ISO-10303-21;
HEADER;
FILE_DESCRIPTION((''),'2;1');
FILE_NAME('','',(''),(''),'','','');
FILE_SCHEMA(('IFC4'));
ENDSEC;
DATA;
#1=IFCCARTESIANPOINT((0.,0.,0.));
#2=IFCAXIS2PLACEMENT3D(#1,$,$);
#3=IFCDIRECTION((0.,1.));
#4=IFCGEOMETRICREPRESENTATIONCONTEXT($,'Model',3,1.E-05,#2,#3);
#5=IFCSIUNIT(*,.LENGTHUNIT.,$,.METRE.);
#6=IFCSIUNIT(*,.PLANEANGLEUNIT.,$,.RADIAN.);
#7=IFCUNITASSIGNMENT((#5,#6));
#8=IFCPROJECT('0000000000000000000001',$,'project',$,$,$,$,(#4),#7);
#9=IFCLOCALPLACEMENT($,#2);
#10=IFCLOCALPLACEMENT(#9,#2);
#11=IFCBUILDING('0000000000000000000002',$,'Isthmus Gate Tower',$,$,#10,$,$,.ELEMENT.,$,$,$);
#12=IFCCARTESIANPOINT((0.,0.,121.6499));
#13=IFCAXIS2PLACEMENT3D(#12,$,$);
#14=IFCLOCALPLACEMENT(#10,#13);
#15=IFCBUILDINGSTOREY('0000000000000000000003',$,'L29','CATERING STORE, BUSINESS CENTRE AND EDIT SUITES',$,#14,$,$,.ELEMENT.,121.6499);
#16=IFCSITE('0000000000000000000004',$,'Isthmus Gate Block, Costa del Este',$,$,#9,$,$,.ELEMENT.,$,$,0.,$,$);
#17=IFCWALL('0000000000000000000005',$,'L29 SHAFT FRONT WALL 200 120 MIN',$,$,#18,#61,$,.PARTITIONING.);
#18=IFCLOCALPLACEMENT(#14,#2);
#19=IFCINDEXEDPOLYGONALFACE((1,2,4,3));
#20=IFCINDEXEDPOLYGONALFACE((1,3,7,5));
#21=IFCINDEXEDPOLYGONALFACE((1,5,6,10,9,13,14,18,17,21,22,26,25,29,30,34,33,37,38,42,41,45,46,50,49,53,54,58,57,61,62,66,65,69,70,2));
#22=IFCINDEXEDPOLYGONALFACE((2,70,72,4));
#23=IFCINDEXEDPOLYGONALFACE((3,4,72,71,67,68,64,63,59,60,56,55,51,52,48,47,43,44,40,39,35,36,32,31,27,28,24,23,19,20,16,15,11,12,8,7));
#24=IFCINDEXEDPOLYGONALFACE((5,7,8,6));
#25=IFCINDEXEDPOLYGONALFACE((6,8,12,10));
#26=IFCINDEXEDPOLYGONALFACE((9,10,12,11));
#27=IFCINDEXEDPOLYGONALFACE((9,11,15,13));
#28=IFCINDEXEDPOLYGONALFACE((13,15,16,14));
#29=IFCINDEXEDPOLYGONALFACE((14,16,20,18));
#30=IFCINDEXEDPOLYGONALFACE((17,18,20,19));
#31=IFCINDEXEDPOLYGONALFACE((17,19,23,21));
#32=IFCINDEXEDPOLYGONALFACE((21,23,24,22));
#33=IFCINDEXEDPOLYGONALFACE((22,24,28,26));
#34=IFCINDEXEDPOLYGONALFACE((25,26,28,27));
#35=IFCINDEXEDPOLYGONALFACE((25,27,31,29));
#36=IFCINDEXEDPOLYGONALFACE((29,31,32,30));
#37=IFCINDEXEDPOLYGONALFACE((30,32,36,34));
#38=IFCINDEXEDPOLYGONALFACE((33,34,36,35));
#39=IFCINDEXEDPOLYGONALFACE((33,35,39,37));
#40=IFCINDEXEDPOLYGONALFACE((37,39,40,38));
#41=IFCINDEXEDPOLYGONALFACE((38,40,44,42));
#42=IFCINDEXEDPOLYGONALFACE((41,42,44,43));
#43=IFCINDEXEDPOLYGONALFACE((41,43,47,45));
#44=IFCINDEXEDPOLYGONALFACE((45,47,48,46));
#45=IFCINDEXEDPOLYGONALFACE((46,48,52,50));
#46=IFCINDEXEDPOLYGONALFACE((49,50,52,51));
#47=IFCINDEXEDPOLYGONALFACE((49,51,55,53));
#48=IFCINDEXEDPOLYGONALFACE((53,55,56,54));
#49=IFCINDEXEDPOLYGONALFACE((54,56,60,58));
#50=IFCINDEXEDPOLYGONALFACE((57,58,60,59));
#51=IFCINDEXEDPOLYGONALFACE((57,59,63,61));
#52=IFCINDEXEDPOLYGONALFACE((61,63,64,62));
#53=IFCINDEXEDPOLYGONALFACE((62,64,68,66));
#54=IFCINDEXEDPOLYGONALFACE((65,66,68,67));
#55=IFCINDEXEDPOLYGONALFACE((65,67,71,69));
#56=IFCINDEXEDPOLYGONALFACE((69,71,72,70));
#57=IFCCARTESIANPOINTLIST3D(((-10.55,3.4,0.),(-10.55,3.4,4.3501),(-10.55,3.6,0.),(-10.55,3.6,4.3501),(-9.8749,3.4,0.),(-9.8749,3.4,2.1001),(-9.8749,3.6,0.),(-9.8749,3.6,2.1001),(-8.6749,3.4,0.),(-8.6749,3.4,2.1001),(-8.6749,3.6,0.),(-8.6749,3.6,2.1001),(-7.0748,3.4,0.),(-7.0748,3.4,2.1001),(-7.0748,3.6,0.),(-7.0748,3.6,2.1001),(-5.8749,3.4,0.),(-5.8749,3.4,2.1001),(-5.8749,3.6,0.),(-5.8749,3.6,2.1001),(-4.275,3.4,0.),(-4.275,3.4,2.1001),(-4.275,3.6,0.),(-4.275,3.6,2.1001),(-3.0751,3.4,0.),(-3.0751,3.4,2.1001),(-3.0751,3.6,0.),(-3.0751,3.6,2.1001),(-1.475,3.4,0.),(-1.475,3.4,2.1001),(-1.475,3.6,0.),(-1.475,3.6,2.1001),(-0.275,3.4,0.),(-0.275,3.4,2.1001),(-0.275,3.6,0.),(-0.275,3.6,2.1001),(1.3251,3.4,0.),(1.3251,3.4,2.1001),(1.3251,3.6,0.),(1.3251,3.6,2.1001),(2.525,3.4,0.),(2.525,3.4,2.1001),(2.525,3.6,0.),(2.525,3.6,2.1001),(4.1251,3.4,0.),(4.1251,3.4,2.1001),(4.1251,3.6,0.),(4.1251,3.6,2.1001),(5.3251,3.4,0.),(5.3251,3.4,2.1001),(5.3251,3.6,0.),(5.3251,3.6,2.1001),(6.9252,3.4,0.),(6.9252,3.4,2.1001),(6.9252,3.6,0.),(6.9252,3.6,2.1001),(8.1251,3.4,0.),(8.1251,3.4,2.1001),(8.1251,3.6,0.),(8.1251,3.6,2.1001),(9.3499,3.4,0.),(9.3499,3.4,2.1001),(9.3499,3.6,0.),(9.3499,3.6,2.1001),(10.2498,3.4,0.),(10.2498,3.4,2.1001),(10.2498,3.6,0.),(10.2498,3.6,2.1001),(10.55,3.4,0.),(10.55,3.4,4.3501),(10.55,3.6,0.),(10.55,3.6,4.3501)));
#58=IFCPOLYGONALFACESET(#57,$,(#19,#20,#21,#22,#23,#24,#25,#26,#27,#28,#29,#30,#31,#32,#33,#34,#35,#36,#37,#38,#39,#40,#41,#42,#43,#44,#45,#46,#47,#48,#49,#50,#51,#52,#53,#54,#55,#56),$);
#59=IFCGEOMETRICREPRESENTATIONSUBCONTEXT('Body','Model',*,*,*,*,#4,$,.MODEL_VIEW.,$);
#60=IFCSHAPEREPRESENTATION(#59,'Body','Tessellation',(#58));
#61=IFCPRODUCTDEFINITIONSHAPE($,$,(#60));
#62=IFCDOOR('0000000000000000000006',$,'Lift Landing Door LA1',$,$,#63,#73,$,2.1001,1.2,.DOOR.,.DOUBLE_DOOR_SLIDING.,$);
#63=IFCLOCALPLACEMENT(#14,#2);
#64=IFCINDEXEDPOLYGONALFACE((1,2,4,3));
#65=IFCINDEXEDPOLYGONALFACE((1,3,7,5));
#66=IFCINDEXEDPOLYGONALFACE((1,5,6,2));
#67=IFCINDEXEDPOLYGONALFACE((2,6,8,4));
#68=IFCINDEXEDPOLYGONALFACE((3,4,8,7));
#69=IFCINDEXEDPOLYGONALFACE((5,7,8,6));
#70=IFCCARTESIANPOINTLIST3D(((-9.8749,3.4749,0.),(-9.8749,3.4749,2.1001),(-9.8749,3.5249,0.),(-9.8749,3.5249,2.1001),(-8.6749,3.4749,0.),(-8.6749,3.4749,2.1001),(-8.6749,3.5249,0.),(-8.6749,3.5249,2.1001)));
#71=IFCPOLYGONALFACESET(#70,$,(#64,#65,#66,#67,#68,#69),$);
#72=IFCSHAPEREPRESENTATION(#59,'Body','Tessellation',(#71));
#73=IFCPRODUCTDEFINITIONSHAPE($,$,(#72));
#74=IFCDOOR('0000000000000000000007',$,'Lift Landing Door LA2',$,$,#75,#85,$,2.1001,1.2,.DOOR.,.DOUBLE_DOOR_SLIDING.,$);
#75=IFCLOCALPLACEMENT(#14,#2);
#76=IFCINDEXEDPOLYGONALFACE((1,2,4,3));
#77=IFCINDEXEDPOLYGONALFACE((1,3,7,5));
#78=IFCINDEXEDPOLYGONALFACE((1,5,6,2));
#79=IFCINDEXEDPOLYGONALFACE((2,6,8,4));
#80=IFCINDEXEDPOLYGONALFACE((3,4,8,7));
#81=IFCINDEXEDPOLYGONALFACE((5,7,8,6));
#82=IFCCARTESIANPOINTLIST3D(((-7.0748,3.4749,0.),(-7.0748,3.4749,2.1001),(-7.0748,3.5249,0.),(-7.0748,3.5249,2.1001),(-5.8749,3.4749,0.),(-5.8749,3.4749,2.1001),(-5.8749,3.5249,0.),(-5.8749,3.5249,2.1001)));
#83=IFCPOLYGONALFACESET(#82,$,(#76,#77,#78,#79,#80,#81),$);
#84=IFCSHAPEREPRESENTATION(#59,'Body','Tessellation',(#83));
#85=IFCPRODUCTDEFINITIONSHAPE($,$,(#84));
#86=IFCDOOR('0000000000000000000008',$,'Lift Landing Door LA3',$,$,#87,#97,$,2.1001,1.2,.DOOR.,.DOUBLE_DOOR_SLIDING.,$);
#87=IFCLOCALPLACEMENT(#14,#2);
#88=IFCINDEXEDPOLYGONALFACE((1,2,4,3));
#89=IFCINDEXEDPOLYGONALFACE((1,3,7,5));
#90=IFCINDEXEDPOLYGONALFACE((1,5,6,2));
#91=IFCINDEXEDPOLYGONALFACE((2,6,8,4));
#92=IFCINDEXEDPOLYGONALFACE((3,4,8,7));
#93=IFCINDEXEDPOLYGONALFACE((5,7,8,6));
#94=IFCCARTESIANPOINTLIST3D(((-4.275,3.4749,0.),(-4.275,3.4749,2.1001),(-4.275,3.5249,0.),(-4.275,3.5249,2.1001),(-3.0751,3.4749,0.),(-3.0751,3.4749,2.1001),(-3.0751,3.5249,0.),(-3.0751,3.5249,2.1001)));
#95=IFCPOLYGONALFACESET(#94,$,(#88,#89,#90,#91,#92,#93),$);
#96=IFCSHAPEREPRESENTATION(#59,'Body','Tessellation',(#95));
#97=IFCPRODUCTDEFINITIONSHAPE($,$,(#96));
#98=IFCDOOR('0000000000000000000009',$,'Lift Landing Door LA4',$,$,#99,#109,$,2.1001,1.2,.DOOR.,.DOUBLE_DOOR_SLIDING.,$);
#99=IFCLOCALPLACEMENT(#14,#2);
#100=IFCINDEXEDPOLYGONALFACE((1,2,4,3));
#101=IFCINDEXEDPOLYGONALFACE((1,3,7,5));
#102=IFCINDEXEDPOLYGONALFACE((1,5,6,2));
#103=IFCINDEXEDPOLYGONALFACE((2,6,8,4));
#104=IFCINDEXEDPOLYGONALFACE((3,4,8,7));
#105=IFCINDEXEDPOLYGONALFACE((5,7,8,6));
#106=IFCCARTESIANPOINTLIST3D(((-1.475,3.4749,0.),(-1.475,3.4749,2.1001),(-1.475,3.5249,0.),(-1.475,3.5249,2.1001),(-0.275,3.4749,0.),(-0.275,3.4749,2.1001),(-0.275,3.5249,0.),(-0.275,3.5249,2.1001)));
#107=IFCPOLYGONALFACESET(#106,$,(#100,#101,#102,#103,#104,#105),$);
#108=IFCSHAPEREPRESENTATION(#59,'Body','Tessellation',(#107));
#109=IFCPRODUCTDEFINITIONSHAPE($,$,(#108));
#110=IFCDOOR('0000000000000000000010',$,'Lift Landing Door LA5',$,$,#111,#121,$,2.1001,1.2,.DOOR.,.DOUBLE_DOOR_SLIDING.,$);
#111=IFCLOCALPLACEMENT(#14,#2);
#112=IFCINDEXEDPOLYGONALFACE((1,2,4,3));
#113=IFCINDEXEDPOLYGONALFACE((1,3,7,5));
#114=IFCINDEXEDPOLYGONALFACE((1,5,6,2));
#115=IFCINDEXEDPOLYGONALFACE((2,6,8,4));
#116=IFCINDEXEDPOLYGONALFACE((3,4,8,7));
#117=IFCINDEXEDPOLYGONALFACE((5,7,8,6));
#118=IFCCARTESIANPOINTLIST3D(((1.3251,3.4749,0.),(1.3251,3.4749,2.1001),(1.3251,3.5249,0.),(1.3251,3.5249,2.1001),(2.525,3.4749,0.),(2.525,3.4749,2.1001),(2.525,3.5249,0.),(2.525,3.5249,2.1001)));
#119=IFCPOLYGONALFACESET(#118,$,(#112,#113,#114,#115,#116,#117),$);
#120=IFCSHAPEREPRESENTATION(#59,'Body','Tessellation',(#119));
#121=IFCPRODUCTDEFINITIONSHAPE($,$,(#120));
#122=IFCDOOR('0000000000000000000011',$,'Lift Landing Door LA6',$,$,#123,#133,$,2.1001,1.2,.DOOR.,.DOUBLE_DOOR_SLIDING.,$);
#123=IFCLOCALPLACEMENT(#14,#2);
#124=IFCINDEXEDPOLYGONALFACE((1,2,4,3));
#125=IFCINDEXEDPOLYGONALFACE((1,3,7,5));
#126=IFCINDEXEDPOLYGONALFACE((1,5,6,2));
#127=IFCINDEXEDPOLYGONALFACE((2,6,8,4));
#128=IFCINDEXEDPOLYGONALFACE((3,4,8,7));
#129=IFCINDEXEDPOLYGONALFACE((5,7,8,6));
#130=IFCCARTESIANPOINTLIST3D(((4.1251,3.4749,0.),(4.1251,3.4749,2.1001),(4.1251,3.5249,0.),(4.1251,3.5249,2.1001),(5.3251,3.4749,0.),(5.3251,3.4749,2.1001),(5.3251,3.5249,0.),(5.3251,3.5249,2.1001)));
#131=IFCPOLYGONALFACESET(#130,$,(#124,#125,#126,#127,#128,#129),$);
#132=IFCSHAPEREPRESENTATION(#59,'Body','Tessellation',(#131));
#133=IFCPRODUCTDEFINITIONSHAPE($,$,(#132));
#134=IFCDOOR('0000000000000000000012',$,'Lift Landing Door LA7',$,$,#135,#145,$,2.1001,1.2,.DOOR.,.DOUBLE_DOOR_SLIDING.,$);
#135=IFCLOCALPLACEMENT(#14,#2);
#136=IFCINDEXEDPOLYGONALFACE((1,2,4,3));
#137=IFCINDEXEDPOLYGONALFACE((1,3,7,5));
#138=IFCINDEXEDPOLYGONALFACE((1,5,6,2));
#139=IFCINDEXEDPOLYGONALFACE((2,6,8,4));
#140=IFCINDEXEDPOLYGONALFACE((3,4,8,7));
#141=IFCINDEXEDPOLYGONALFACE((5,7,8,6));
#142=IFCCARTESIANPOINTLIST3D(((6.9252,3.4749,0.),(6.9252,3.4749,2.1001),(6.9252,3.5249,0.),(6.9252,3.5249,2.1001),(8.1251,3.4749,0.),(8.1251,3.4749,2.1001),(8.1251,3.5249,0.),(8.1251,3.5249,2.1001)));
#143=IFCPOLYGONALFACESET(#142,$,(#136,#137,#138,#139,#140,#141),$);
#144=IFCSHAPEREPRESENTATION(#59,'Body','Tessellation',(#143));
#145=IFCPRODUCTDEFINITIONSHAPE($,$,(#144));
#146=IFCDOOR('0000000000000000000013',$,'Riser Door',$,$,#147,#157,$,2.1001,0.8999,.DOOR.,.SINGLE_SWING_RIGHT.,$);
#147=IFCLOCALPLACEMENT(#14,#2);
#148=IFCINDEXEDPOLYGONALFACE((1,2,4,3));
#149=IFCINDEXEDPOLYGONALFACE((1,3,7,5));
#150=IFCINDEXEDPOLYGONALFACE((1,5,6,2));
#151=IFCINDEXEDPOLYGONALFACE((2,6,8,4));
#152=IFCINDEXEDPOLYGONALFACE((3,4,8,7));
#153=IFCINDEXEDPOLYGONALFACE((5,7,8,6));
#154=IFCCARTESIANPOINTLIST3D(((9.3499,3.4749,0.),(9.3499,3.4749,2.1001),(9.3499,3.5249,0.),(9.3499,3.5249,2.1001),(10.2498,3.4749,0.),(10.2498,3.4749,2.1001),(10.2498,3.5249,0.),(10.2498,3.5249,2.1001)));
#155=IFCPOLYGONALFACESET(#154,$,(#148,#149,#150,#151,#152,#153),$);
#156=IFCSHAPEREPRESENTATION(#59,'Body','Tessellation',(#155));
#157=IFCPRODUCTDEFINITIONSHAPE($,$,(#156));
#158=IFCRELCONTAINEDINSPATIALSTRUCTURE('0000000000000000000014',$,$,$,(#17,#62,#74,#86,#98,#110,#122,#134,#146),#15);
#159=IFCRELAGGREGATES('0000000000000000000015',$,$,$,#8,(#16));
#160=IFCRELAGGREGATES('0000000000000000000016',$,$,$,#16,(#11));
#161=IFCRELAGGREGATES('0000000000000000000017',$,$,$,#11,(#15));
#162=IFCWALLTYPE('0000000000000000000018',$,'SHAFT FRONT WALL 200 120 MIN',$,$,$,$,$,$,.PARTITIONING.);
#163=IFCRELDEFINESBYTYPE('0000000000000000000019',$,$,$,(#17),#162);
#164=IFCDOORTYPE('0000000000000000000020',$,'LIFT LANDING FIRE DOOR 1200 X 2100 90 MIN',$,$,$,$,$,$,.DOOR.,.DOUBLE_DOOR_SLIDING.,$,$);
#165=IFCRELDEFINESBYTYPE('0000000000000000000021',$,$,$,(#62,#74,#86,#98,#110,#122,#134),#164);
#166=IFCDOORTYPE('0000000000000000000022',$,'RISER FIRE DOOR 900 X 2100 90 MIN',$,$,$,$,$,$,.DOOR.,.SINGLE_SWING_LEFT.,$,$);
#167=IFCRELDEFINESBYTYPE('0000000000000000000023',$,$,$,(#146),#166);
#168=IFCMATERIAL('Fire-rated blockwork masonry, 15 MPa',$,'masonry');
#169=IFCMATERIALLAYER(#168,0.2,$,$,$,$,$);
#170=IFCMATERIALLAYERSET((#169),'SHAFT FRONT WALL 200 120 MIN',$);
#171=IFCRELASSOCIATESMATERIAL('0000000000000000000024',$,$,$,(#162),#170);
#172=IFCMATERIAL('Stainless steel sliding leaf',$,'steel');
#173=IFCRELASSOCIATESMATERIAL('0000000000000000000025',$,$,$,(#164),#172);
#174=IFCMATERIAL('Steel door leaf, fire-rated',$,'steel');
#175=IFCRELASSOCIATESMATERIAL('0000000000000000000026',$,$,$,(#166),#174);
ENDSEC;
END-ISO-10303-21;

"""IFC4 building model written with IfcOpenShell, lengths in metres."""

from ifc_helpers import new_model, si_unit, direction, frame, frame_2d, origin, place, context, subcontext, project, spatial, rectangle, extrude, material, layer, layer_set, type_object, element, fill, save


model = new_model("IFC4")

# Units and contexts
model_context = context("Model", 3, precision=1e-05, world=origin(), true_north=direction((0.0, 1.0)))
body_context = subcontext(model_context, "Body", "Model", "MODEL_VIEW")
ifc_project = project(units=[si_unit("LENGTHUNIT", "METRE"), si_unit("PLANEANGLEUNIT", "RADIAN")], contexts=[model_context])

# Site, building, storey
site_placement = place(None, origin())
site = spatial("IfcSite", under=ifc_project, at=site_placement, Name="Isthmus Gate Block, Costa del Este", CompositionType="ELEMENT", RefElevation=0.0)
building_placement = place(site_placement, origin())
building = spatial("IfcBuilding", under=site, at=building_placement, Name="Isthmus Gate Tower", CompositionType="ELEMENT")
storey_placement = place(building_placement, frame((0.0, 0.0, 121.6499)))
storey = spatial("IfcBuildingStorey", under=building, at=storey_placement, Name="L29", Description="CATERING STORE, BUSINESS CENTRE AND EDIT SUITES", CompositionType="ELEMENT", Elevation=121.6499)

# Wall, openings, doors
ifc_material_1 = material(Name="Fire-rated blockwork masonry, 15 MPa", Category="masonry")
ifc_layer_1 = layer(ifc_material_1, 0.2)
ifc_layer_set_1 = layer_set([ifc_layer_1], Name="SHAFT FRONT WALL 200 120 MIN")
wall_type_1 = type_object("IfcWallType", Name="SHAFT FRONT WALL 200 120 MIN", PredefinedType="PARTITIONING", material=ifc_layer_set_1)
wall_1_placement = place(storey_placement, frame((-10.55, 3.5, 0.0), z_axis=(0.0, 0.0, 1.0), x_axis=(1.0, 0.0, 0.0)))
wall_1 = element("IfcWall", 1, at=wall_1_placement, inside=storey, type_object=wall_type_1, Name="L29 SHAFT FRONT WALL 200 120 MIN", PredefinedType="PARTITIONING", context=body_context, shape_type="SweptSolid", body=[
    extrude(rectangle(XDim=21.1001, YDim=0.2, at=frame_2d((10.55, 0.0))), origin(), (0.0, 0.0, 1.0), 4.3501),
])
opening_1_placement = place(wall_1_placement, frame((0.675, 0.0, 0.0)))
opening_1 = element("IfcOpeningElement", 2, at=opening_1_placement, cuts=wall_1, PredefinedType="OPENING", context=body_context, shape_type="SweptSolid", body=[
    extrude(rectangle(XDim=1.2, YDim=2.1001, at=frame_2d((0.6001, 1.05))), frame((0.0, 0.1099, 0.0), z_axis=(0.0, -1.0, 0.0), x_axis=(1.0, 0.0, 0.0)), (0.0, 0.0, 1.0), 0.22),
])
opening_2_placement = place(wall_1_placement, frame((3.4751, 0.0, 0.0)))
opening_2 = element("IfcOpeningElement", 3, at=opening_2_placement, cuts=wall_1, PredefinedType="OPENING", context=body_context, shape_type="SweptSolid", body=[
    extrude(rectangle(XDim=1.2, YDim=2.1001, at=frame_2d((0.6001, 1.05))), frame((0.0, 0.1099, 0.0), z_axis=(0.0, -1.0, 0.0), x_axis=(1.0, 0.0, 0.0)), (0.0, 0.0, 1.0), 0.22),
])
opening_3_placement = place(wall_1_placement, frame((6.2749, 0.0, 0.0)))
opening_3 = element("IfcOpeningElement", 4, at=opening_3_placement, cuts=wall_1, PredefinedType="OPENING", context=body_context, shape_type="SweptSolid", body=[
    extrude(rectangle(XDim=1.2, YDim=2.1001, at=frame_2d((0.6001, 1.05))), frame((0.0, 0.1099, 0.0), z_axis=(0.0, -1.0, 0.0), x_axis=(1.0, 0.0, 0.0)), (0.0, 0.0, 1.0), 0.22),
])
opening_4_placement = place(wall_1_placement, frame((9.075, 0.0, 0.0)))
opening_4 = element("IfcOpeningElement", 5, at=opening_4_placement, cuts=wall_1, PredefinedType="OPENING", context=body_context, shape_type="SweptSolid", body=[
    extrude(rectangle(XDim=1.2, YDim=2.1001, at=frame_2d((0.6001, 1.05))), frame((0.0, 0.1099, 0.0), z_axis=(0.0, -1.0, 0.0), x_axis=(1.0, 0.0, 0.0)), (0.0, 0.0, 1.0), 0.22),
])
opening_5_placement = place(wall_1_placement, frame((11.875, 0.0, 0.0)))
opening_5 = element("IfcOpeningElement", 6, at=opening_5_placement, cuts=wall_1, PredefinedType="OPENING", context=body_context, shape_type="SweptSolid", body=[
    extrude(rectangle(XDim=1.2, YDim=2.1001, at=frame_2d((0.6001, 1.05))), frame((0.0, 0.1099, 0.0), z_axis=(0.0, -1.0, 0.0), x_axis=(1.0, 0.0, 0.0)), (0.0, 0.0, 1.0), 0.22),
])
opening_6_placement = place(wall_1_placement, frame((14.675, 0.0, 0.0)))
opening_6 = element("IfcOpeningElement", 7, at=opening_6_placement, cuts=wall_1, PredefinedType="OPENING", context=body_context, shape_type="SweptSolid", body=[
    extrude(rectangle(XDim=1.2, YDim=2.1001, at=frame_2d((0.6001, 1.05))), frame((0.0, 0.1099, 0.0), z_axis=(0.0, -1.0, 0.0), x_axis=(1.0, 0.0, 0.0)), (0.0, 0.0, 1.0), 0.22),
])
opening_7_placement = place(wall_1_placement, frame((17.4751, 0.0, 0.0)))
opening_7 = element("IfcOpeningElement", 8, at=opening_7_placement, cuts=wall_1, PredefinedType="OPENING", context=body_context, shape_type="SweptSolid", body=[
    extrude(rectangle(XDim=1.2, YDim=2.1001, at=frame_2d((0.6001, 1.05))), frame((0.0, 0.1099, 0.0), z_axis=(0.0, -1.0, 0.0), x_axis=(1.0, 0.0, 0.0)), (0.0, 0.0, 1.0), 0.22),
])
opening_8_placement = place(wall_1_placement, frame((19.8999, 0.0, 0.0)))
opening_8 = element("IfcOpeningElement", 9, at=opening_8_placement, cuts=wall_1, PredefinedType="OPENING", context=body_context, shape_type="SweptSolid", body=[
    extrude(rectangle(XDim=0.8999, YDim=2.1001, at=frame_2d((0.45, 1.05))), frame((0.0, 0.1099, 0.0), z_axis=(0.0, -1.0, 0.0), x_axis=(1.0, 0.0, 0.0)), (0.0, 0.0, 1.0), 0.22),
])
ifc_material_2 = material(Name="Stainless steel sliding leaf", Category="steel")
door_type_1 = type_object("IfcDoorType", Name="LIFT LANDING FIRE DOOR 1200 X 2100 90 MIN", OperationType="DOUBLE_DOOR_SLIDING", PredefinedType="DOOR", material=ifc_material_2)
door_1_placement = place(opening_1_placement, origin())
door_1 = element("IfcDoor", 10, at=door_1_placement, inside=storey, type_object=door_type_1, Name="Lift Landing Door LA1", OperationType="DOUBLE_DOOR_SLIDING", OverallHeight=2.1001, OverallWidth=1.2, PredefinedType="DOOR", context=body_context, shape_type="SweptSolid", body=[
    extrude(rectangle(XDim=1.2, YDim=2.1001, at=frame_2d((0.6001, 1.05))), frame((0.0, 0.0249, 0.0), z_axis=(0.0, -1.0, 0.0), x_axis=(1.0, 0.0, 0.0)), (0.0, 0.0, 1.0), 0.05),
])
fill(opening_1, door_1)
door_2_placement = place(opening_2_placement, origin())
door_2 = element("IfcDoor", 11, at=door_2_placement, inside=storey, type_object=door_type_1, Name="Lift Landing Door LA2", OperationType="DOUBLE_DOOR_SLIDING", OverallHeight=2.1001, OverallWidth=1.2, PredefinedType="DOOR", context=body_context, shape_type="SweptSolid", body=[
    extrude(rectangle(XDim=1.2, YDim=2.1001, at=frame_2d((0.6001, 1.05))), frame((0.0, 0.0249, 0.0), z_axis=(0.0, -1.0, 0.0), x_axis=(1.0, 0.0, 0.0)), (0.0, 0.0, 1.0), 0.05),
])
fill(opening_2, door_2)
door_3_placement = place(opening_3_placement, origin())
door_3 = element("IfcDoor", 12, at=door_3_placement, inside=storey, type_object=door_type_1, Name="Lift Landing Door LA3", OperationType="DOUBLE_DOOR_SLIDING", OverallHeight=2.1001, OverallWidth=1.2, PredefinedType="DOOR", context=body_context, shape_type="SweptSolid", body=[
    extrude(rectangle(XDim=1.2, YDim=2.1001, at=frame_2d((0.6001, 1.05))), frame((0.0, 0.0249, 0.0), z_axis=(0.0, -1.0, 0.0), x_axis=(1.0, 0.0, 0.0)), (0.0, 0.0, 1.0), 0.05),
])
fill(opening_3, door_3)
door_4_placement = place(opening_4_placement, origin())
door_4 = element("IfcDoor", 13, at=door_4_placement, inside=storey, type_object=door_type_1, Name="Lift Landing Door LA4", OperationType="DOUBLE_DOOR_SLIDING", OverallHeight=2.1001, OverallWidth=1.2, PredefinedType="DOOR", context=body_context, shape_type="SweptSolid", body=[
    extrude(rectangle(XDim=1.2, YDim=2.1001, at=frame_2d((0.6001, 1.05))), frame((0.0, 0.0249, 0.0), z_axis=(0.0, -1.0, 0.0), x_axis=(1.0, 0.0, 0.0)), (0.0, 0.0, 1.0), 0.05),
])
fill(opening_4, door_4)
door_5_placement = place(opening_5_placement, origin())
door_5 = element("IfcDoor", 14, at=door_5_placement, inside=storey, type_object=door_type_1, Name="Lift Landing Door LA5", OperationType="DOUBLE_DOOR_SLIDING", OverallHeight=2.1001, OverallWidth=1.2, PredefinedType="DOOR", context=body_context, shape_type="SweptSolid", body=[
    extrude(rectangle(XDim=1.2, YDim=2.1001, at=frame_2d((0.6001, 1.05))), frame((0.0, 0.0249, 0.0), z_axis=(0.0, -1.0, 0.0), x_axis=(1.0, 0.0, 0.0)), (0.0, 0.0, 1.0), 0.05),
])
fill(opening_5, door_5)
door_6_placement = place(opening_6_placement, origin())
door_6 = element("IfcDoor", 15, at=door_6_placement, inside=storey, type_object=door_type_1, Name="Lift Landing Door LA6", OperationType="DOUBLE_DOOR_SLIDING", OverallHeight=2.1001, OverallWidth=1.2, PredefinedType="DOOR", context=body_context, shape_type="SweptSolid", body=[
    extrude(rectangle(XDim=1.2, YDim=2.1001, at=frame_2d((0.6001, 1.05))), frame((0.0, 0.0249, 0.0), z_axis=(0.0, -1.0, 0.0), x_axis=(1.0, 0.0, 0.0)), (0.0, 0.0, 1.0), 0.05),
])
fill(opening_6, door_6)
door_7_placement = place(opening_7_placement, origin())
door_7 = element("IfcDoor", 16, at=door_7_placement, inside=storey, type_object=door_type_1, Name="Lift Landing Door LA7", OperationType="DOUBLE_DOOR_SLIDING", OverallHeight=2.1001, OverallWidth=1.2, PredefinedType="DOOR", context=body_context, shape_type="SweptSolid", body=[
    extrude(rectangle(XDim=1.2, YDim=2.1001, at=frame_2d((0.6001, 1.05))), frame((0.0, 0.0249, 0.0), z_axis=(0.0, -1.0, 0.0), x_axis=(1.0, 0.0, 0.0)), (0.0, 0.0, 1.0), 0.05),
])
fill(opening_7, door_7)
ifc_material_3 = material(Name="Steel door leaf, fire-rated", Category="steel")
door_type_2 = type_object("IfcDoorType", Name="RISER FIRE DOOR 900 X 2100 90 MIN", OperationType="SINGLE_SWING_LEFT", PredefinedType="DOOR", material=ifc_material_3)
door_8_placement = place(opening_8_placement, origin())
door_8 = element("IfcDoor", 17, at=door_8_placement, inside=storey, type_object=door_type_2, Name="Riser Door", OperationType="SINGLE_SWING_RIGHT", OverallHeight=2.1001, OverallWidth=0.8999, PredefinedType="DOOR", context=body_context, shape_type="SweptSolid", body=[
    extrude(rectangle(XDim=0.8999, YDim=2.1001, at=frame_2d((0.45, 1.05))), frame((0.0, 0.0249, 0.0), z_axis=(0.0, -1.0, 0.0), x_axis=(1.0, 0.0, 0.0)), (0.0, 0.0, 1.0), 0.05),
])
fill(opening_8, door_8)

save(model, "model.ifc")
